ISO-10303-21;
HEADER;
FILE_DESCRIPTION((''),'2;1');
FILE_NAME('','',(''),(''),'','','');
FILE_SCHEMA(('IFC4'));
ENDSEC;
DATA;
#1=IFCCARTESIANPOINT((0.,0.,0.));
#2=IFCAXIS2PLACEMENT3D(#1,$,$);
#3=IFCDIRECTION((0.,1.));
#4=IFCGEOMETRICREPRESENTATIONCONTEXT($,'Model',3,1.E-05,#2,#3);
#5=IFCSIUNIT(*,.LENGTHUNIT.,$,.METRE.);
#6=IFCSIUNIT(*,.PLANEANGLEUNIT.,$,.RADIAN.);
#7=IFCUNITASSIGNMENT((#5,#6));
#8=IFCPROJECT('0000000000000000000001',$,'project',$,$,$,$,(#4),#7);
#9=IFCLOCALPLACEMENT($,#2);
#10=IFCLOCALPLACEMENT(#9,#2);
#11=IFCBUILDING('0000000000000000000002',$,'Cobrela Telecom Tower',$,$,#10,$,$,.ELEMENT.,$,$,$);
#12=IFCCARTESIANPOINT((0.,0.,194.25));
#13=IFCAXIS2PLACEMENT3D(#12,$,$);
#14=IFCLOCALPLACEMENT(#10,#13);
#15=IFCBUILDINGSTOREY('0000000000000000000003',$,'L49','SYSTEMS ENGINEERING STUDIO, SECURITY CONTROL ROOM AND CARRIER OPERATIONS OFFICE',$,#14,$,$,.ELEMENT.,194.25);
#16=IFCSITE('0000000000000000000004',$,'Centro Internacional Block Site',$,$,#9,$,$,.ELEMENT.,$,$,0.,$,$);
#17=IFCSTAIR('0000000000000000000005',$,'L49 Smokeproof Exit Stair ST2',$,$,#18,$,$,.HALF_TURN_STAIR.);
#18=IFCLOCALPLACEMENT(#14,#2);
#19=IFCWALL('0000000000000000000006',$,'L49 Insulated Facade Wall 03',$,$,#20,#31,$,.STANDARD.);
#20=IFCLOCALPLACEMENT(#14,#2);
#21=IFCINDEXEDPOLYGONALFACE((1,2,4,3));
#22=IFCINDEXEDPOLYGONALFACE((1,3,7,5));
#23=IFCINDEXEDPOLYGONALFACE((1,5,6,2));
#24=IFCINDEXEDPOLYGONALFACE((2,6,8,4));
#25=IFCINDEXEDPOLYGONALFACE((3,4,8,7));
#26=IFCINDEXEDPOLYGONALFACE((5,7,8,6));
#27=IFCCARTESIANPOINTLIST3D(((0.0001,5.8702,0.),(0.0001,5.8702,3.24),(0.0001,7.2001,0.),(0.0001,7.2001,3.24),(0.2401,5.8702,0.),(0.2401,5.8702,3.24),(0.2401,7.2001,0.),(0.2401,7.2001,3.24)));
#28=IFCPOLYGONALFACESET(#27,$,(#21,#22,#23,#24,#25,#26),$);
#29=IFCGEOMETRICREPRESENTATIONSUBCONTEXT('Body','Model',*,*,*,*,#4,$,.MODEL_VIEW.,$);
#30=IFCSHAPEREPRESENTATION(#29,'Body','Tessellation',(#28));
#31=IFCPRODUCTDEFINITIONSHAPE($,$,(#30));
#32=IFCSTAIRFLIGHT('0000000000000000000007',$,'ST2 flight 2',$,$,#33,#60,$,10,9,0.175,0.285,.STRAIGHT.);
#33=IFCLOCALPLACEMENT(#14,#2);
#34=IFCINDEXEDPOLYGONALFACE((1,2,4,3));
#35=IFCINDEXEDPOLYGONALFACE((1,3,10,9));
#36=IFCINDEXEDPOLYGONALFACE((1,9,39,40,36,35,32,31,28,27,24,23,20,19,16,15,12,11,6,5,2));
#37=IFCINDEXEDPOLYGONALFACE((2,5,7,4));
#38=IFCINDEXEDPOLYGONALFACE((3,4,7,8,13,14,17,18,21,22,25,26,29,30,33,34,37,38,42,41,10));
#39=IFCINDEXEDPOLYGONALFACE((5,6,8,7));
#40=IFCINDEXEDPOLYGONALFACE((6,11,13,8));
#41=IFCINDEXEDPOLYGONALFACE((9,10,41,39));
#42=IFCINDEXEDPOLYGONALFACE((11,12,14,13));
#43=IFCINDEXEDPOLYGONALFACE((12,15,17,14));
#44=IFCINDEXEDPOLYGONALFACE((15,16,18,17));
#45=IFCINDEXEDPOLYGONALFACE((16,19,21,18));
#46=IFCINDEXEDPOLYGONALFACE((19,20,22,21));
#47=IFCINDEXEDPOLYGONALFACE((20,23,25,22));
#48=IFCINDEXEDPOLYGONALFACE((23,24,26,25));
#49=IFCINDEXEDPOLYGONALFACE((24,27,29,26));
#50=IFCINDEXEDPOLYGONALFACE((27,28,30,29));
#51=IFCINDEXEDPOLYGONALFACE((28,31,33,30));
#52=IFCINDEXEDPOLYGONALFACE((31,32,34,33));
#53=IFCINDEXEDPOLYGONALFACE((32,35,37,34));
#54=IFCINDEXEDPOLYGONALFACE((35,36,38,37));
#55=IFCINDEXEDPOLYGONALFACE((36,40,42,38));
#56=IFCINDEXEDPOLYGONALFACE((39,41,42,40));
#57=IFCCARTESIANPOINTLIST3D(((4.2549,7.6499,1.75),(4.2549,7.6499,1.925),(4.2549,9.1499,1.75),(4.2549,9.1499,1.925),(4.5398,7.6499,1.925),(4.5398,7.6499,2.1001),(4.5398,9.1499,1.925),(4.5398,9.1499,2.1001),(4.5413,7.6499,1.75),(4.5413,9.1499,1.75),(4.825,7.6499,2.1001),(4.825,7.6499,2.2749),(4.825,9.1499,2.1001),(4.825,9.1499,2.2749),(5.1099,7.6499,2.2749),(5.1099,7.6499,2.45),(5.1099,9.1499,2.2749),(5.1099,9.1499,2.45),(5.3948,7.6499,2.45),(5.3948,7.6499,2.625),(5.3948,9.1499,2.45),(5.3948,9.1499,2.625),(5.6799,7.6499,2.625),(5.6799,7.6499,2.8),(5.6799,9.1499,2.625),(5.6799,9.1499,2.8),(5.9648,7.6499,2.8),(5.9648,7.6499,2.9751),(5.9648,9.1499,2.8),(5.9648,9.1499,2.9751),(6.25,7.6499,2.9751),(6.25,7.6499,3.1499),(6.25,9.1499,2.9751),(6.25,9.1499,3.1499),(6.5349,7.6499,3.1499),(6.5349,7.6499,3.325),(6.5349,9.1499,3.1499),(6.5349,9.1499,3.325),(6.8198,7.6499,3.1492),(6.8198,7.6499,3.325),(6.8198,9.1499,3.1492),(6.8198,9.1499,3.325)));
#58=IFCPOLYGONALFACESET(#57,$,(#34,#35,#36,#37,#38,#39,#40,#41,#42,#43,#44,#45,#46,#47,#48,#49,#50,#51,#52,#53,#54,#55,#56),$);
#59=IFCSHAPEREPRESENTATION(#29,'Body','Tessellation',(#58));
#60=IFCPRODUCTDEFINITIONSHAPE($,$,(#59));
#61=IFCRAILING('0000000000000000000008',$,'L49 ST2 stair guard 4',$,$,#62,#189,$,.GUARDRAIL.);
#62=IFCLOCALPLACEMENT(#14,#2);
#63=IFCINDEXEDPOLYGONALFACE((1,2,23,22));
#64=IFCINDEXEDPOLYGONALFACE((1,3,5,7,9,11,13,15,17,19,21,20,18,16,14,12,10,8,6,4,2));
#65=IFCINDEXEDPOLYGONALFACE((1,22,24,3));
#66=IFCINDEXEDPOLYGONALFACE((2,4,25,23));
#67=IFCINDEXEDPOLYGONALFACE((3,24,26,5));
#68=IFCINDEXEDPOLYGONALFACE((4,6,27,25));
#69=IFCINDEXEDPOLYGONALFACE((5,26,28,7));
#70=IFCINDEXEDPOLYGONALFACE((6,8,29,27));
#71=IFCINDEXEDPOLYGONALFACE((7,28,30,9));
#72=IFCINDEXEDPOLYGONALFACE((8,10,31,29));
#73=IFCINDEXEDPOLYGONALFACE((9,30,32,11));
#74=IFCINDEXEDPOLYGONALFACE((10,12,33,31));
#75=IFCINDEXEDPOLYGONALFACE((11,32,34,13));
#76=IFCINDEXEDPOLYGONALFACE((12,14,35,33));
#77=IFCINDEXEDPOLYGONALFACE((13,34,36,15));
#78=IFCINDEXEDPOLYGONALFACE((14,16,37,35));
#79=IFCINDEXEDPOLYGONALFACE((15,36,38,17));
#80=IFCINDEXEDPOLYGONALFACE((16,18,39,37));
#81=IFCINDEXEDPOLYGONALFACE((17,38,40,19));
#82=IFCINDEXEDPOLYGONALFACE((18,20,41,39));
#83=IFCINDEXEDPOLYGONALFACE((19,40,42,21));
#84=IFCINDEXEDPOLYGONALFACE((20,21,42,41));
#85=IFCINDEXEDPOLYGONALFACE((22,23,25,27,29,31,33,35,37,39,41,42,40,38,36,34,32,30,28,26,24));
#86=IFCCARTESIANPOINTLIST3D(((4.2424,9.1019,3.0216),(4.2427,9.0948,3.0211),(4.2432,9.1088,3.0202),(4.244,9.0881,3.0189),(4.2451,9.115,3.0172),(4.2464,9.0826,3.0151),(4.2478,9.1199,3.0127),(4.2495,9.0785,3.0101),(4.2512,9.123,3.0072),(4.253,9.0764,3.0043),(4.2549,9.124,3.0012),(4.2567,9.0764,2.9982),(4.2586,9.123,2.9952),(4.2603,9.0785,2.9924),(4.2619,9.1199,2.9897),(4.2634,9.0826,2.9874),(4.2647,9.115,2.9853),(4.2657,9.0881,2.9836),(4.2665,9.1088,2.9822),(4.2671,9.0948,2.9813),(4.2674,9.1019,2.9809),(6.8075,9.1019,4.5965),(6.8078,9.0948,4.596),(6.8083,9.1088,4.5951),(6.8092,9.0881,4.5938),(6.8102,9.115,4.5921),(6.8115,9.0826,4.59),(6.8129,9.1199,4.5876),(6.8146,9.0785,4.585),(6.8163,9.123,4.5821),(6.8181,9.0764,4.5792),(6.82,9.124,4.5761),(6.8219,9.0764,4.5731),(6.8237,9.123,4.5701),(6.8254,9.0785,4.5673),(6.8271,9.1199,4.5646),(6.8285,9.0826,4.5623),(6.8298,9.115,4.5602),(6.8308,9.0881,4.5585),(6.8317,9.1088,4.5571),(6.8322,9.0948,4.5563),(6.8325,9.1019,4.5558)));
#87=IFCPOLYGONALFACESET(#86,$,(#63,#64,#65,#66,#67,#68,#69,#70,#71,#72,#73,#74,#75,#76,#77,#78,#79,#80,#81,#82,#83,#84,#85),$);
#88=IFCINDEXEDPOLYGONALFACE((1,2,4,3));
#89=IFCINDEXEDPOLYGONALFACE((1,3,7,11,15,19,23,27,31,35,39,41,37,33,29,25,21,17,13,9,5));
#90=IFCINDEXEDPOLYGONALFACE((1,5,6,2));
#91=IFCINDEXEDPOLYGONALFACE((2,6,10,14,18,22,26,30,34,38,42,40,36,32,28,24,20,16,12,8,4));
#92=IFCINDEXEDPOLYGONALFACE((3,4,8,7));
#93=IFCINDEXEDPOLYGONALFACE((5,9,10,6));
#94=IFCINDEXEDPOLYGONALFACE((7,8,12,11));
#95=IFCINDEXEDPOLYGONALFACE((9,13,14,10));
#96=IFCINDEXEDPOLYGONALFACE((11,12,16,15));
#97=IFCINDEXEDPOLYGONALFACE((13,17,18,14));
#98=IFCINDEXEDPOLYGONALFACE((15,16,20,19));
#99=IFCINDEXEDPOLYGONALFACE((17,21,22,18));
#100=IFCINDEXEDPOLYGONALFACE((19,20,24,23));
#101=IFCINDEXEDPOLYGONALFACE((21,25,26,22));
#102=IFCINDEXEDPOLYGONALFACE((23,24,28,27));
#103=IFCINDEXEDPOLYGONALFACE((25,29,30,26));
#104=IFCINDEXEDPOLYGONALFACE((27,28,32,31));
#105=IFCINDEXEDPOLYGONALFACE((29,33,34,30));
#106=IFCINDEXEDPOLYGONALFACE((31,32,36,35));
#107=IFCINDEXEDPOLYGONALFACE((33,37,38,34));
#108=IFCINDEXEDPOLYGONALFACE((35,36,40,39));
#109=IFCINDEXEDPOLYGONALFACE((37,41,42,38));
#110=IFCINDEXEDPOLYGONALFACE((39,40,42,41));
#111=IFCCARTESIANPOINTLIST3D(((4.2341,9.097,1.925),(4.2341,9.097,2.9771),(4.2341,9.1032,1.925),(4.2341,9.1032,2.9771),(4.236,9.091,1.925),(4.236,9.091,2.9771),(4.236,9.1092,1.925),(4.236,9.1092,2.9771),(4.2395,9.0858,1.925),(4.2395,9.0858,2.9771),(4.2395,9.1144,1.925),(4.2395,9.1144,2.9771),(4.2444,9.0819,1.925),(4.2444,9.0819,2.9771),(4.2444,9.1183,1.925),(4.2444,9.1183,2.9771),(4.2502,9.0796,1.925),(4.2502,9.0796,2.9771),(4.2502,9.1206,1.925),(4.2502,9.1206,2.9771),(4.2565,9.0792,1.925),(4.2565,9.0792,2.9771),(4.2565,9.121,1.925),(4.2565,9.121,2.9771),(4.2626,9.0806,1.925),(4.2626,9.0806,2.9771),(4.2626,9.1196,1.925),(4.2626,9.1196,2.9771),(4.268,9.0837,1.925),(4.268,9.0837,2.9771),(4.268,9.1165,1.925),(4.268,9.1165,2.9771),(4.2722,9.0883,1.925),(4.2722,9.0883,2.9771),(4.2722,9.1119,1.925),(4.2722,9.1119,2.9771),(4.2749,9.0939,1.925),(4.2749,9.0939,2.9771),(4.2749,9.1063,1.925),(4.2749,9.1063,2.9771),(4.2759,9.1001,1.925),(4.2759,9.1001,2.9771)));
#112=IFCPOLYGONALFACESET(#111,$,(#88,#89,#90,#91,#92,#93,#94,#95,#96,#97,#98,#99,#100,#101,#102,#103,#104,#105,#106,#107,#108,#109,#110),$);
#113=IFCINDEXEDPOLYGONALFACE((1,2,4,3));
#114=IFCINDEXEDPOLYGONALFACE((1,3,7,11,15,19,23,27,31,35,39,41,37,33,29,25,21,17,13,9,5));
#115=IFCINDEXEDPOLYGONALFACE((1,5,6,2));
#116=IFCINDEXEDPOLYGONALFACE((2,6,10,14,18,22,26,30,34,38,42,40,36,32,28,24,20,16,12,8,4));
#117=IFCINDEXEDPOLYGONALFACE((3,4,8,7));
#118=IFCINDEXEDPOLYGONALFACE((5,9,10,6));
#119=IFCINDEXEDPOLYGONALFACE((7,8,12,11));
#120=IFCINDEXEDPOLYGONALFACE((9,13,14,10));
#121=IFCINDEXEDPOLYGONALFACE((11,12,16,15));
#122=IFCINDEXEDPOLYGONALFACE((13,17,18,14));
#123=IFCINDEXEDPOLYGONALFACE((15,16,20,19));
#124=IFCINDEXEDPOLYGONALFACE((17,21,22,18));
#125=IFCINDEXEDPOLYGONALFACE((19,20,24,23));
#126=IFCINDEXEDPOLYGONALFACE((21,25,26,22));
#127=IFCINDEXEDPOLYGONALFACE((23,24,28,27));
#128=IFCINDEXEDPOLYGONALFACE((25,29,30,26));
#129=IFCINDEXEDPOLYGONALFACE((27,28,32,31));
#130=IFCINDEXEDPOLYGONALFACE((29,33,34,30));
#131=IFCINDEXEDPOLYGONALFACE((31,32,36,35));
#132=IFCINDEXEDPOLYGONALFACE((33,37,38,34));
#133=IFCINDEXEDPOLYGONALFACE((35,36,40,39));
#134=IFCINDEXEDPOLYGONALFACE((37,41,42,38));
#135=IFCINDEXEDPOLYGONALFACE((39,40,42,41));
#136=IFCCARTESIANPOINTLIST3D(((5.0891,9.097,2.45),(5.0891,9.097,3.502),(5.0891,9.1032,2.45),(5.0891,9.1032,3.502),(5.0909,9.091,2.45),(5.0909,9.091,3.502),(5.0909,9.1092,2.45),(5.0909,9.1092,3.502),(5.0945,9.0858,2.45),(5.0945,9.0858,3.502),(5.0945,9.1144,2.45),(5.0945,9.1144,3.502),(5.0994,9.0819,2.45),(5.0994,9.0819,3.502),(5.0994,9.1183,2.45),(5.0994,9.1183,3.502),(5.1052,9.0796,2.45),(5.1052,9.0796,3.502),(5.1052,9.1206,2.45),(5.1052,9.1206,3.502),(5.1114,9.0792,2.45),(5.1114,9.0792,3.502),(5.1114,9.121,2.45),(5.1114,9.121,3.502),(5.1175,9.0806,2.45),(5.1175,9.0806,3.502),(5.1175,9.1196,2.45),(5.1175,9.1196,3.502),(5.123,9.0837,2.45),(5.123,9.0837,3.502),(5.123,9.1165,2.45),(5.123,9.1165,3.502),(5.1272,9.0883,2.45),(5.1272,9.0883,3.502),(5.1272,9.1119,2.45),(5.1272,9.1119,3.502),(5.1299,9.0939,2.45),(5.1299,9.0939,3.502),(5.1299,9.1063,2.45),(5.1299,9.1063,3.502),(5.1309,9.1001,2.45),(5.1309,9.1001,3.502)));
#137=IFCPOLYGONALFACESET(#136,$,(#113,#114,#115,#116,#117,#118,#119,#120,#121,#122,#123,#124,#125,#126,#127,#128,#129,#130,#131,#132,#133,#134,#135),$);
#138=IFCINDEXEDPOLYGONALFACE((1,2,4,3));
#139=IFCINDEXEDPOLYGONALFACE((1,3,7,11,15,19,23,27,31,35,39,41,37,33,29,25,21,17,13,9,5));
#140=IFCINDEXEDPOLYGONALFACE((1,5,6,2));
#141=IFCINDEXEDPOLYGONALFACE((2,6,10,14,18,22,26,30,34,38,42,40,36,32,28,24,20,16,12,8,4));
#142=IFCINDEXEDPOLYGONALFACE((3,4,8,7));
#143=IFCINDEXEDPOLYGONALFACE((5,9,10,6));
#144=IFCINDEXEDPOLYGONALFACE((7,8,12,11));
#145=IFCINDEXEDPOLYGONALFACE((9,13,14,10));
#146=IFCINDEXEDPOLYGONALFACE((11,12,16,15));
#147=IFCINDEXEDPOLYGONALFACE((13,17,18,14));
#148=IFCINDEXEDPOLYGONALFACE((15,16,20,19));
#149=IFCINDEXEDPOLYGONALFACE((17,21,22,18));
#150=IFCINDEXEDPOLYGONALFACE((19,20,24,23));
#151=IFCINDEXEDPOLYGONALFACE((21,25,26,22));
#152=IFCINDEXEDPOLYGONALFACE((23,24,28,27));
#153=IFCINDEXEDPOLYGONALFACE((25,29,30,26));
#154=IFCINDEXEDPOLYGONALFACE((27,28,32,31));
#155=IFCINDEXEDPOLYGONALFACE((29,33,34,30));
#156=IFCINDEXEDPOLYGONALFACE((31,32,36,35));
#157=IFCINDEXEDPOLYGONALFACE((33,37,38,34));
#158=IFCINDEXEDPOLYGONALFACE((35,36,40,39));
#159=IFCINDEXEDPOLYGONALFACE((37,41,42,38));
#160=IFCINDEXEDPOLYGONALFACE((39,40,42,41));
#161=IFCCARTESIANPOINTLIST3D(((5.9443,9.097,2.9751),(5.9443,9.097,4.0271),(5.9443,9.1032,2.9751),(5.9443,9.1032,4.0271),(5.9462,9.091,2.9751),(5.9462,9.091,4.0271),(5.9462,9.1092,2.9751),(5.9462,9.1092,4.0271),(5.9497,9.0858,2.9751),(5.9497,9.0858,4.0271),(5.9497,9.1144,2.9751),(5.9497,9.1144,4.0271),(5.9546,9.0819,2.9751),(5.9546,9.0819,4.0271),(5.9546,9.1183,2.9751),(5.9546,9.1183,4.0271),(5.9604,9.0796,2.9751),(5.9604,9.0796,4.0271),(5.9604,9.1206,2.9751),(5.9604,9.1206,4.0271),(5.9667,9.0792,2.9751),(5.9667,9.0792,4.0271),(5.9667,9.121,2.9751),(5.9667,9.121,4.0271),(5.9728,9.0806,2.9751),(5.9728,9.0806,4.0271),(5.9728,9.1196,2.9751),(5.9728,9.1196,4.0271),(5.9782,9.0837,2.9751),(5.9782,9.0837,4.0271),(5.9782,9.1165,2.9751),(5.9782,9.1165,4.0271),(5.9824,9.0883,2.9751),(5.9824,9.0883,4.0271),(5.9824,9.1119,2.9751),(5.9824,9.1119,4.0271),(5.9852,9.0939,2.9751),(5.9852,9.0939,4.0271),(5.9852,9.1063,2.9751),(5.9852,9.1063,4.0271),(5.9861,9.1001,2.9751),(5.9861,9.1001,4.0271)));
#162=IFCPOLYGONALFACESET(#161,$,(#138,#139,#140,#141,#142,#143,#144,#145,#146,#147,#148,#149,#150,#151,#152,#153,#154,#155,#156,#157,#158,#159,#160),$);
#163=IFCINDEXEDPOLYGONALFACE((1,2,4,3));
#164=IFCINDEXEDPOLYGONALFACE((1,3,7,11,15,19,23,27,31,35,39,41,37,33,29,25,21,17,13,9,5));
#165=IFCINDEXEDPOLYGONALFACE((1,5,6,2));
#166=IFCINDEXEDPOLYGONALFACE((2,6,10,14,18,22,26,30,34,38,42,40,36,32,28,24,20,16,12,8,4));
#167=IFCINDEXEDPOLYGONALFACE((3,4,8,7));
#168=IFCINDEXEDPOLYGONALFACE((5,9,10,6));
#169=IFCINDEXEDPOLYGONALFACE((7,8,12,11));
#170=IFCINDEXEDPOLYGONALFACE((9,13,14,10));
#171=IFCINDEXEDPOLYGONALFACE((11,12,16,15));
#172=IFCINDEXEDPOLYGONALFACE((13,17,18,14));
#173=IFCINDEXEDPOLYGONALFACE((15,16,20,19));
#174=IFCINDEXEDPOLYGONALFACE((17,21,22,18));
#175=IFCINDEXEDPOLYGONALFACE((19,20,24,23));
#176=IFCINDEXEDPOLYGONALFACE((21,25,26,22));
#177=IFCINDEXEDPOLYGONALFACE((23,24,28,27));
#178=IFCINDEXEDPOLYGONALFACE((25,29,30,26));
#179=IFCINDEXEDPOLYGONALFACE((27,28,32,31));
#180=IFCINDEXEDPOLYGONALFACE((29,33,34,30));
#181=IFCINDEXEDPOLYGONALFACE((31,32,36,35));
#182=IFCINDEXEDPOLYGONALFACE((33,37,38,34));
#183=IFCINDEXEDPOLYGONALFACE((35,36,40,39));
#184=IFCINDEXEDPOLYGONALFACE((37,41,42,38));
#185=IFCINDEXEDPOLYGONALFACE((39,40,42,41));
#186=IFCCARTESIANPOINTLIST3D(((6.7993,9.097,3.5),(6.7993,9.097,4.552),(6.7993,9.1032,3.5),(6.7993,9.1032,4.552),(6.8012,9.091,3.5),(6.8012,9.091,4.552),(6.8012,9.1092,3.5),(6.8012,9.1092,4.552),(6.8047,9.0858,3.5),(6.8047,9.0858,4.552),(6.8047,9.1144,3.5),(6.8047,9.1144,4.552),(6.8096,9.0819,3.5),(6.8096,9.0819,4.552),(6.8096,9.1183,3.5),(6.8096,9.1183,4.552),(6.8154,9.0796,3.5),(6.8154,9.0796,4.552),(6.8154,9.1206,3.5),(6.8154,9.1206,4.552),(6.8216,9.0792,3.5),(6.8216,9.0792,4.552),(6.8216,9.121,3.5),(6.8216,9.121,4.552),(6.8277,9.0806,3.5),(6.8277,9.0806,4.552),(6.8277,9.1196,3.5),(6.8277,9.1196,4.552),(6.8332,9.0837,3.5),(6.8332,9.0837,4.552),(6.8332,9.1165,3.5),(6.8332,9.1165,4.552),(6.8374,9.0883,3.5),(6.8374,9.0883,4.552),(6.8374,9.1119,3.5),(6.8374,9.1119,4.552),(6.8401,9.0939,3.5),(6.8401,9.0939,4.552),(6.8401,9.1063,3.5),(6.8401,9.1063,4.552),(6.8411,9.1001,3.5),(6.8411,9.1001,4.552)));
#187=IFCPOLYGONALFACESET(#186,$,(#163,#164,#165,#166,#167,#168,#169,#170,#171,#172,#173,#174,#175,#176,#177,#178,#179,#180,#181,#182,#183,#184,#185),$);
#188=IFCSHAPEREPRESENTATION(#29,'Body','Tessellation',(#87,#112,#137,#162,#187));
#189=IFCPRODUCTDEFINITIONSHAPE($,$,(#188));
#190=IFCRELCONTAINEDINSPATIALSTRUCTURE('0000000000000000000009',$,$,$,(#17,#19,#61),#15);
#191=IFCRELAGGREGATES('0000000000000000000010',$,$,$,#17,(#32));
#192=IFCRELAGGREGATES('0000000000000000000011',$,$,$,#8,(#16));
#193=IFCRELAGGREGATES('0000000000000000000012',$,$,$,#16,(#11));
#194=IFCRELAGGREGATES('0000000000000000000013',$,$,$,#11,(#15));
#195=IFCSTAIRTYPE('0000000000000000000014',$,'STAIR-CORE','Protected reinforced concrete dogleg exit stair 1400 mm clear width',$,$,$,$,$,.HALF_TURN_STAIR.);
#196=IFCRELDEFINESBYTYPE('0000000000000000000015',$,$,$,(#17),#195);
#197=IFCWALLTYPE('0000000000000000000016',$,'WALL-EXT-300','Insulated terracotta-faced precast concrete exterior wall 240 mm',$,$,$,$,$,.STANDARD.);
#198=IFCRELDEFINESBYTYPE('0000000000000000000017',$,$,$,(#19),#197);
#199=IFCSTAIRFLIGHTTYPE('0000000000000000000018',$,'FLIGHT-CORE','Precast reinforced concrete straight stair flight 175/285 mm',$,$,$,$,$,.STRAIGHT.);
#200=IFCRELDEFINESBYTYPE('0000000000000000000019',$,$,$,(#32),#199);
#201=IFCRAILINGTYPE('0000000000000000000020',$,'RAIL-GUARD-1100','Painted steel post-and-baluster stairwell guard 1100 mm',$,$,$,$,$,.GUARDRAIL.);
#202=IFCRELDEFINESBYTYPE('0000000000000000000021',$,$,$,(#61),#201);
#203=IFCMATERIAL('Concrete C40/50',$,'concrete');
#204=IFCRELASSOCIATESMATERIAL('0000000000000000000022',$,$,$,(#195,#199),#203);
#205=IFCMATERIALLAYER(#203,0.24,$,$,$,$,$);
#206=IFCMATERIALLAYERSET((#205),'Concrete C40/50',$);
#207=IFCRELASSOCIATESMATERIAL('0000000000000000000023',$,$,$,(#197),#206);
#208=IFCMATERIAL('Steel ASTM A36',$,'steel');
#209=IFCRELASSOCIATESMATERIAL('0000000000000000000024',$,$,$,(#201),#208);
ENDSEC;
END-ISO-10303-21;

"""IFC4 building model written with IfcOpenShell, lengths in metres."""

from ifc_helpers import new_model, si_unit, direction, frame, frame_2d, origin, origin_2d, place, context, subcontext, project, spatial, polyline, rectangle, circle, outline, extrude, material, layer, layer_set, type_object, element, aggregate, save


model = new_model("IFC4")

# Units and contexts
model_context = context("Model", 3, precision=1e-05, world=origin(), true_north=direction((0.0, 1.0)))
body_context = subcontext(model_context, "Body", "Model", "MODEL_VIEW")
ifc_project = project(units=[si_unit("LENGTHUNIT", "METRE"), si_unit("PLANEANGLEUNIT", "RADIAN")], contexts=[model_context])

# Site, building, storey
site_placement = place(None, origin())
site = spatial("IfcSite", under=ifc_project, at=site_placement, Name="Centro Internacional Block Site", CompositionType="ELEMENT", RefElevation=0.0)
building_placement = place(site_placement, origin())
building = spatial("IfcBuilding", under=site, at=building_placement, Name="Cobrela Telecom Tower", CompositionType="ELEMENT")
storey_placement = place(building_placement, frame((0.0, 0.0, 194.25)))
storey = spatial("IfcBuildingStorey", under=building, at=storey_placement, Name="L49", Description="SYSTEMS ENGINEERING STUDIO, SECURITY CONTROL ROOM AND CARRIER OPERATIONS OFFICE", CompositionType="ELEMENT", Elevation=194.25)

# Shared definitions
ifc_material_1 = material(Name="Concrete C40/50", Category="concrete")

# Stair
stair_type = type_object("IfcStairType", Name="STAIR-CORE", Description="Protected reinforced concrete dogleg exit stair 1400 mm clear width", PredefinedType="HALF_TURN_STAIR", material=ifc_material_1)
stair_1_placement = place(storey_placement, origin())
stair_1 = element("IfcStair", 1, at=stair_1_placement, inside=storey, type_object=stair_type, Name="L49 Smokeproof Exit Stair ST2", PredefinedType="HALF_TURN_STAIR")

# Wall
ifc_layer_1 = layer(ifc_material_1, 0.24)
ifc_layer_set_1 = layer_set([ifc_layer_1], Name="Concrete C40/50")
wall_type_1 = type_object("IfcWallType", Name="WALL-EXT-300", Description="Insulated terracotta-faced precast concrete exterior wall 240 mm", PredefinedType="STANDARD", material=ifc_layer_set_1)
wall_1_placement = place(storey_placement, frame((0.1201, 5.8701, 0.0), z_axis=(0.0, 0.0, 1.0), x_axis=(0.0, 1.0, 0.0)))
element("IfcWall", 2, at=wall_1_placement, inside=storey, type_object=wall_type_1, Name="L49 Insulated Facade Wall 03", PredefinedType="STANDARD", context=body_context, shape_type="SweptSolid", body=[
    extrude(rectangle(XDim=1.3298, YDim=0.24, at=frame_2d((0.665, 0.0))), origin(), (0.0, 0.0, 1.0), 3.24),
])

# Stair flight
stair_flight_type = type_object("IfcStairFlightType", Name="FLIGHT-CORE", Description="Precast reinforced concrete straight stair flight 175/285 mm", PredefinedType="STRAIGHT", material=ifc_material_1)
stair_flight_placement = place(storey_placement, frame((4.2549, 8.3999, 1.75), z_axis=(0.0, 0.0, 1.0), x_axis=(1.0, 0.0, 0.0)))
stair_flight = element("IfcStairFlight", 3, at=stair_flight_placement, type_object=stair_flight_type, Name="ST2 flight 2", NumberOfRisers=10, NumberOfTreads=9, PredefinedType="STRAIGHT", RiserHeight=0.175, TreadLength=0.285, context=body_context, shape_type="SweptSolid", body=[
    extrude(outline(polyline([(0.0, 0.0), (0.0, 0.175), (0.2849, 0.175), (0.2849, 0.3501), (0.5701, 0.3501), (0.5701, 0.5249), (0.855, 0.5249), (0.855, 0.7), (1.1399, 0.7), (1.1399, 0.875), (1.425, 0.875), (1.425, 1.05), (1.71, 1.05), (1.71, 1.2251), (1.9951, 1.2251), (1.9951, 1.3999), (2.28, 1.3999), (2.28, 1.575), (2.5649, 1.575), (2.5649, 1.75), (2.5649, 1.3992), (0.2864, 0.0), (0.0, 0.0)])), frame((0.0, 0.75, 0.0), z_axis=(0.0, -1.0, 0.0), x_axis=(1.0, 0.0, 0.0)), (0.0, 0.0, 1.0), 1.5),
])
aggregate(stair_1, [stair_flight])

# Railing
ifc_material_2 = material(Name="Steel ASTM A36", Category="steel")
railing_type_1 = type_object("IfcRailingType", Name="RAIL-GUARD-1100", Description="Painted steel post-and-baluster stairwell guard 1100 mm", PredefinedType="GUARDRAIL", material=ifc_material_2)
railing_1_placement = place(storey_placement, frame((4.2549, 9.1001, 1.925)))
element("IfcRailing", 4, at=railing_1_placement, inside=storey, type_object=railing_type_1, Name="L49 ST2 stair guard 4", PredefinedType="GUARDRAIL", context=body_context, shape_type="SweptSolid", body=[
    extrude(circle(Radius=0.0239, at=origin_2d()), frame((0.0, 0.0, 1.0762), z_axis=(0.852195, 0.0, 0.523224), x_axis=(0.0, 1.0, 0.0)), (0.0, 0.0, 1.0), 3.01),
    extrude(circle(Radius=0.021, at=origin_2d()), origin(), (0.0, 0.0, 1.0), 1.052),
    extrude(circle(Radius=0.021, at=origin_2d()), frame((0.855, 0.0, 0.5249)), (0.0, 0.0, 1.0), 1.052),
    extrude(circle(Radius=0.021, at=origin_2d()), frame((1.7102, 0.0, 1.05)), (0.0, 0.0, 1.0), 1.052),
    extrude(circle(Radius=0.021, at=origin_2d()), frame((2.5652, 0.0, 1.575)), (0.0, 0.0, 1.0), 1.052),
])

save(model, "model.ifc")
